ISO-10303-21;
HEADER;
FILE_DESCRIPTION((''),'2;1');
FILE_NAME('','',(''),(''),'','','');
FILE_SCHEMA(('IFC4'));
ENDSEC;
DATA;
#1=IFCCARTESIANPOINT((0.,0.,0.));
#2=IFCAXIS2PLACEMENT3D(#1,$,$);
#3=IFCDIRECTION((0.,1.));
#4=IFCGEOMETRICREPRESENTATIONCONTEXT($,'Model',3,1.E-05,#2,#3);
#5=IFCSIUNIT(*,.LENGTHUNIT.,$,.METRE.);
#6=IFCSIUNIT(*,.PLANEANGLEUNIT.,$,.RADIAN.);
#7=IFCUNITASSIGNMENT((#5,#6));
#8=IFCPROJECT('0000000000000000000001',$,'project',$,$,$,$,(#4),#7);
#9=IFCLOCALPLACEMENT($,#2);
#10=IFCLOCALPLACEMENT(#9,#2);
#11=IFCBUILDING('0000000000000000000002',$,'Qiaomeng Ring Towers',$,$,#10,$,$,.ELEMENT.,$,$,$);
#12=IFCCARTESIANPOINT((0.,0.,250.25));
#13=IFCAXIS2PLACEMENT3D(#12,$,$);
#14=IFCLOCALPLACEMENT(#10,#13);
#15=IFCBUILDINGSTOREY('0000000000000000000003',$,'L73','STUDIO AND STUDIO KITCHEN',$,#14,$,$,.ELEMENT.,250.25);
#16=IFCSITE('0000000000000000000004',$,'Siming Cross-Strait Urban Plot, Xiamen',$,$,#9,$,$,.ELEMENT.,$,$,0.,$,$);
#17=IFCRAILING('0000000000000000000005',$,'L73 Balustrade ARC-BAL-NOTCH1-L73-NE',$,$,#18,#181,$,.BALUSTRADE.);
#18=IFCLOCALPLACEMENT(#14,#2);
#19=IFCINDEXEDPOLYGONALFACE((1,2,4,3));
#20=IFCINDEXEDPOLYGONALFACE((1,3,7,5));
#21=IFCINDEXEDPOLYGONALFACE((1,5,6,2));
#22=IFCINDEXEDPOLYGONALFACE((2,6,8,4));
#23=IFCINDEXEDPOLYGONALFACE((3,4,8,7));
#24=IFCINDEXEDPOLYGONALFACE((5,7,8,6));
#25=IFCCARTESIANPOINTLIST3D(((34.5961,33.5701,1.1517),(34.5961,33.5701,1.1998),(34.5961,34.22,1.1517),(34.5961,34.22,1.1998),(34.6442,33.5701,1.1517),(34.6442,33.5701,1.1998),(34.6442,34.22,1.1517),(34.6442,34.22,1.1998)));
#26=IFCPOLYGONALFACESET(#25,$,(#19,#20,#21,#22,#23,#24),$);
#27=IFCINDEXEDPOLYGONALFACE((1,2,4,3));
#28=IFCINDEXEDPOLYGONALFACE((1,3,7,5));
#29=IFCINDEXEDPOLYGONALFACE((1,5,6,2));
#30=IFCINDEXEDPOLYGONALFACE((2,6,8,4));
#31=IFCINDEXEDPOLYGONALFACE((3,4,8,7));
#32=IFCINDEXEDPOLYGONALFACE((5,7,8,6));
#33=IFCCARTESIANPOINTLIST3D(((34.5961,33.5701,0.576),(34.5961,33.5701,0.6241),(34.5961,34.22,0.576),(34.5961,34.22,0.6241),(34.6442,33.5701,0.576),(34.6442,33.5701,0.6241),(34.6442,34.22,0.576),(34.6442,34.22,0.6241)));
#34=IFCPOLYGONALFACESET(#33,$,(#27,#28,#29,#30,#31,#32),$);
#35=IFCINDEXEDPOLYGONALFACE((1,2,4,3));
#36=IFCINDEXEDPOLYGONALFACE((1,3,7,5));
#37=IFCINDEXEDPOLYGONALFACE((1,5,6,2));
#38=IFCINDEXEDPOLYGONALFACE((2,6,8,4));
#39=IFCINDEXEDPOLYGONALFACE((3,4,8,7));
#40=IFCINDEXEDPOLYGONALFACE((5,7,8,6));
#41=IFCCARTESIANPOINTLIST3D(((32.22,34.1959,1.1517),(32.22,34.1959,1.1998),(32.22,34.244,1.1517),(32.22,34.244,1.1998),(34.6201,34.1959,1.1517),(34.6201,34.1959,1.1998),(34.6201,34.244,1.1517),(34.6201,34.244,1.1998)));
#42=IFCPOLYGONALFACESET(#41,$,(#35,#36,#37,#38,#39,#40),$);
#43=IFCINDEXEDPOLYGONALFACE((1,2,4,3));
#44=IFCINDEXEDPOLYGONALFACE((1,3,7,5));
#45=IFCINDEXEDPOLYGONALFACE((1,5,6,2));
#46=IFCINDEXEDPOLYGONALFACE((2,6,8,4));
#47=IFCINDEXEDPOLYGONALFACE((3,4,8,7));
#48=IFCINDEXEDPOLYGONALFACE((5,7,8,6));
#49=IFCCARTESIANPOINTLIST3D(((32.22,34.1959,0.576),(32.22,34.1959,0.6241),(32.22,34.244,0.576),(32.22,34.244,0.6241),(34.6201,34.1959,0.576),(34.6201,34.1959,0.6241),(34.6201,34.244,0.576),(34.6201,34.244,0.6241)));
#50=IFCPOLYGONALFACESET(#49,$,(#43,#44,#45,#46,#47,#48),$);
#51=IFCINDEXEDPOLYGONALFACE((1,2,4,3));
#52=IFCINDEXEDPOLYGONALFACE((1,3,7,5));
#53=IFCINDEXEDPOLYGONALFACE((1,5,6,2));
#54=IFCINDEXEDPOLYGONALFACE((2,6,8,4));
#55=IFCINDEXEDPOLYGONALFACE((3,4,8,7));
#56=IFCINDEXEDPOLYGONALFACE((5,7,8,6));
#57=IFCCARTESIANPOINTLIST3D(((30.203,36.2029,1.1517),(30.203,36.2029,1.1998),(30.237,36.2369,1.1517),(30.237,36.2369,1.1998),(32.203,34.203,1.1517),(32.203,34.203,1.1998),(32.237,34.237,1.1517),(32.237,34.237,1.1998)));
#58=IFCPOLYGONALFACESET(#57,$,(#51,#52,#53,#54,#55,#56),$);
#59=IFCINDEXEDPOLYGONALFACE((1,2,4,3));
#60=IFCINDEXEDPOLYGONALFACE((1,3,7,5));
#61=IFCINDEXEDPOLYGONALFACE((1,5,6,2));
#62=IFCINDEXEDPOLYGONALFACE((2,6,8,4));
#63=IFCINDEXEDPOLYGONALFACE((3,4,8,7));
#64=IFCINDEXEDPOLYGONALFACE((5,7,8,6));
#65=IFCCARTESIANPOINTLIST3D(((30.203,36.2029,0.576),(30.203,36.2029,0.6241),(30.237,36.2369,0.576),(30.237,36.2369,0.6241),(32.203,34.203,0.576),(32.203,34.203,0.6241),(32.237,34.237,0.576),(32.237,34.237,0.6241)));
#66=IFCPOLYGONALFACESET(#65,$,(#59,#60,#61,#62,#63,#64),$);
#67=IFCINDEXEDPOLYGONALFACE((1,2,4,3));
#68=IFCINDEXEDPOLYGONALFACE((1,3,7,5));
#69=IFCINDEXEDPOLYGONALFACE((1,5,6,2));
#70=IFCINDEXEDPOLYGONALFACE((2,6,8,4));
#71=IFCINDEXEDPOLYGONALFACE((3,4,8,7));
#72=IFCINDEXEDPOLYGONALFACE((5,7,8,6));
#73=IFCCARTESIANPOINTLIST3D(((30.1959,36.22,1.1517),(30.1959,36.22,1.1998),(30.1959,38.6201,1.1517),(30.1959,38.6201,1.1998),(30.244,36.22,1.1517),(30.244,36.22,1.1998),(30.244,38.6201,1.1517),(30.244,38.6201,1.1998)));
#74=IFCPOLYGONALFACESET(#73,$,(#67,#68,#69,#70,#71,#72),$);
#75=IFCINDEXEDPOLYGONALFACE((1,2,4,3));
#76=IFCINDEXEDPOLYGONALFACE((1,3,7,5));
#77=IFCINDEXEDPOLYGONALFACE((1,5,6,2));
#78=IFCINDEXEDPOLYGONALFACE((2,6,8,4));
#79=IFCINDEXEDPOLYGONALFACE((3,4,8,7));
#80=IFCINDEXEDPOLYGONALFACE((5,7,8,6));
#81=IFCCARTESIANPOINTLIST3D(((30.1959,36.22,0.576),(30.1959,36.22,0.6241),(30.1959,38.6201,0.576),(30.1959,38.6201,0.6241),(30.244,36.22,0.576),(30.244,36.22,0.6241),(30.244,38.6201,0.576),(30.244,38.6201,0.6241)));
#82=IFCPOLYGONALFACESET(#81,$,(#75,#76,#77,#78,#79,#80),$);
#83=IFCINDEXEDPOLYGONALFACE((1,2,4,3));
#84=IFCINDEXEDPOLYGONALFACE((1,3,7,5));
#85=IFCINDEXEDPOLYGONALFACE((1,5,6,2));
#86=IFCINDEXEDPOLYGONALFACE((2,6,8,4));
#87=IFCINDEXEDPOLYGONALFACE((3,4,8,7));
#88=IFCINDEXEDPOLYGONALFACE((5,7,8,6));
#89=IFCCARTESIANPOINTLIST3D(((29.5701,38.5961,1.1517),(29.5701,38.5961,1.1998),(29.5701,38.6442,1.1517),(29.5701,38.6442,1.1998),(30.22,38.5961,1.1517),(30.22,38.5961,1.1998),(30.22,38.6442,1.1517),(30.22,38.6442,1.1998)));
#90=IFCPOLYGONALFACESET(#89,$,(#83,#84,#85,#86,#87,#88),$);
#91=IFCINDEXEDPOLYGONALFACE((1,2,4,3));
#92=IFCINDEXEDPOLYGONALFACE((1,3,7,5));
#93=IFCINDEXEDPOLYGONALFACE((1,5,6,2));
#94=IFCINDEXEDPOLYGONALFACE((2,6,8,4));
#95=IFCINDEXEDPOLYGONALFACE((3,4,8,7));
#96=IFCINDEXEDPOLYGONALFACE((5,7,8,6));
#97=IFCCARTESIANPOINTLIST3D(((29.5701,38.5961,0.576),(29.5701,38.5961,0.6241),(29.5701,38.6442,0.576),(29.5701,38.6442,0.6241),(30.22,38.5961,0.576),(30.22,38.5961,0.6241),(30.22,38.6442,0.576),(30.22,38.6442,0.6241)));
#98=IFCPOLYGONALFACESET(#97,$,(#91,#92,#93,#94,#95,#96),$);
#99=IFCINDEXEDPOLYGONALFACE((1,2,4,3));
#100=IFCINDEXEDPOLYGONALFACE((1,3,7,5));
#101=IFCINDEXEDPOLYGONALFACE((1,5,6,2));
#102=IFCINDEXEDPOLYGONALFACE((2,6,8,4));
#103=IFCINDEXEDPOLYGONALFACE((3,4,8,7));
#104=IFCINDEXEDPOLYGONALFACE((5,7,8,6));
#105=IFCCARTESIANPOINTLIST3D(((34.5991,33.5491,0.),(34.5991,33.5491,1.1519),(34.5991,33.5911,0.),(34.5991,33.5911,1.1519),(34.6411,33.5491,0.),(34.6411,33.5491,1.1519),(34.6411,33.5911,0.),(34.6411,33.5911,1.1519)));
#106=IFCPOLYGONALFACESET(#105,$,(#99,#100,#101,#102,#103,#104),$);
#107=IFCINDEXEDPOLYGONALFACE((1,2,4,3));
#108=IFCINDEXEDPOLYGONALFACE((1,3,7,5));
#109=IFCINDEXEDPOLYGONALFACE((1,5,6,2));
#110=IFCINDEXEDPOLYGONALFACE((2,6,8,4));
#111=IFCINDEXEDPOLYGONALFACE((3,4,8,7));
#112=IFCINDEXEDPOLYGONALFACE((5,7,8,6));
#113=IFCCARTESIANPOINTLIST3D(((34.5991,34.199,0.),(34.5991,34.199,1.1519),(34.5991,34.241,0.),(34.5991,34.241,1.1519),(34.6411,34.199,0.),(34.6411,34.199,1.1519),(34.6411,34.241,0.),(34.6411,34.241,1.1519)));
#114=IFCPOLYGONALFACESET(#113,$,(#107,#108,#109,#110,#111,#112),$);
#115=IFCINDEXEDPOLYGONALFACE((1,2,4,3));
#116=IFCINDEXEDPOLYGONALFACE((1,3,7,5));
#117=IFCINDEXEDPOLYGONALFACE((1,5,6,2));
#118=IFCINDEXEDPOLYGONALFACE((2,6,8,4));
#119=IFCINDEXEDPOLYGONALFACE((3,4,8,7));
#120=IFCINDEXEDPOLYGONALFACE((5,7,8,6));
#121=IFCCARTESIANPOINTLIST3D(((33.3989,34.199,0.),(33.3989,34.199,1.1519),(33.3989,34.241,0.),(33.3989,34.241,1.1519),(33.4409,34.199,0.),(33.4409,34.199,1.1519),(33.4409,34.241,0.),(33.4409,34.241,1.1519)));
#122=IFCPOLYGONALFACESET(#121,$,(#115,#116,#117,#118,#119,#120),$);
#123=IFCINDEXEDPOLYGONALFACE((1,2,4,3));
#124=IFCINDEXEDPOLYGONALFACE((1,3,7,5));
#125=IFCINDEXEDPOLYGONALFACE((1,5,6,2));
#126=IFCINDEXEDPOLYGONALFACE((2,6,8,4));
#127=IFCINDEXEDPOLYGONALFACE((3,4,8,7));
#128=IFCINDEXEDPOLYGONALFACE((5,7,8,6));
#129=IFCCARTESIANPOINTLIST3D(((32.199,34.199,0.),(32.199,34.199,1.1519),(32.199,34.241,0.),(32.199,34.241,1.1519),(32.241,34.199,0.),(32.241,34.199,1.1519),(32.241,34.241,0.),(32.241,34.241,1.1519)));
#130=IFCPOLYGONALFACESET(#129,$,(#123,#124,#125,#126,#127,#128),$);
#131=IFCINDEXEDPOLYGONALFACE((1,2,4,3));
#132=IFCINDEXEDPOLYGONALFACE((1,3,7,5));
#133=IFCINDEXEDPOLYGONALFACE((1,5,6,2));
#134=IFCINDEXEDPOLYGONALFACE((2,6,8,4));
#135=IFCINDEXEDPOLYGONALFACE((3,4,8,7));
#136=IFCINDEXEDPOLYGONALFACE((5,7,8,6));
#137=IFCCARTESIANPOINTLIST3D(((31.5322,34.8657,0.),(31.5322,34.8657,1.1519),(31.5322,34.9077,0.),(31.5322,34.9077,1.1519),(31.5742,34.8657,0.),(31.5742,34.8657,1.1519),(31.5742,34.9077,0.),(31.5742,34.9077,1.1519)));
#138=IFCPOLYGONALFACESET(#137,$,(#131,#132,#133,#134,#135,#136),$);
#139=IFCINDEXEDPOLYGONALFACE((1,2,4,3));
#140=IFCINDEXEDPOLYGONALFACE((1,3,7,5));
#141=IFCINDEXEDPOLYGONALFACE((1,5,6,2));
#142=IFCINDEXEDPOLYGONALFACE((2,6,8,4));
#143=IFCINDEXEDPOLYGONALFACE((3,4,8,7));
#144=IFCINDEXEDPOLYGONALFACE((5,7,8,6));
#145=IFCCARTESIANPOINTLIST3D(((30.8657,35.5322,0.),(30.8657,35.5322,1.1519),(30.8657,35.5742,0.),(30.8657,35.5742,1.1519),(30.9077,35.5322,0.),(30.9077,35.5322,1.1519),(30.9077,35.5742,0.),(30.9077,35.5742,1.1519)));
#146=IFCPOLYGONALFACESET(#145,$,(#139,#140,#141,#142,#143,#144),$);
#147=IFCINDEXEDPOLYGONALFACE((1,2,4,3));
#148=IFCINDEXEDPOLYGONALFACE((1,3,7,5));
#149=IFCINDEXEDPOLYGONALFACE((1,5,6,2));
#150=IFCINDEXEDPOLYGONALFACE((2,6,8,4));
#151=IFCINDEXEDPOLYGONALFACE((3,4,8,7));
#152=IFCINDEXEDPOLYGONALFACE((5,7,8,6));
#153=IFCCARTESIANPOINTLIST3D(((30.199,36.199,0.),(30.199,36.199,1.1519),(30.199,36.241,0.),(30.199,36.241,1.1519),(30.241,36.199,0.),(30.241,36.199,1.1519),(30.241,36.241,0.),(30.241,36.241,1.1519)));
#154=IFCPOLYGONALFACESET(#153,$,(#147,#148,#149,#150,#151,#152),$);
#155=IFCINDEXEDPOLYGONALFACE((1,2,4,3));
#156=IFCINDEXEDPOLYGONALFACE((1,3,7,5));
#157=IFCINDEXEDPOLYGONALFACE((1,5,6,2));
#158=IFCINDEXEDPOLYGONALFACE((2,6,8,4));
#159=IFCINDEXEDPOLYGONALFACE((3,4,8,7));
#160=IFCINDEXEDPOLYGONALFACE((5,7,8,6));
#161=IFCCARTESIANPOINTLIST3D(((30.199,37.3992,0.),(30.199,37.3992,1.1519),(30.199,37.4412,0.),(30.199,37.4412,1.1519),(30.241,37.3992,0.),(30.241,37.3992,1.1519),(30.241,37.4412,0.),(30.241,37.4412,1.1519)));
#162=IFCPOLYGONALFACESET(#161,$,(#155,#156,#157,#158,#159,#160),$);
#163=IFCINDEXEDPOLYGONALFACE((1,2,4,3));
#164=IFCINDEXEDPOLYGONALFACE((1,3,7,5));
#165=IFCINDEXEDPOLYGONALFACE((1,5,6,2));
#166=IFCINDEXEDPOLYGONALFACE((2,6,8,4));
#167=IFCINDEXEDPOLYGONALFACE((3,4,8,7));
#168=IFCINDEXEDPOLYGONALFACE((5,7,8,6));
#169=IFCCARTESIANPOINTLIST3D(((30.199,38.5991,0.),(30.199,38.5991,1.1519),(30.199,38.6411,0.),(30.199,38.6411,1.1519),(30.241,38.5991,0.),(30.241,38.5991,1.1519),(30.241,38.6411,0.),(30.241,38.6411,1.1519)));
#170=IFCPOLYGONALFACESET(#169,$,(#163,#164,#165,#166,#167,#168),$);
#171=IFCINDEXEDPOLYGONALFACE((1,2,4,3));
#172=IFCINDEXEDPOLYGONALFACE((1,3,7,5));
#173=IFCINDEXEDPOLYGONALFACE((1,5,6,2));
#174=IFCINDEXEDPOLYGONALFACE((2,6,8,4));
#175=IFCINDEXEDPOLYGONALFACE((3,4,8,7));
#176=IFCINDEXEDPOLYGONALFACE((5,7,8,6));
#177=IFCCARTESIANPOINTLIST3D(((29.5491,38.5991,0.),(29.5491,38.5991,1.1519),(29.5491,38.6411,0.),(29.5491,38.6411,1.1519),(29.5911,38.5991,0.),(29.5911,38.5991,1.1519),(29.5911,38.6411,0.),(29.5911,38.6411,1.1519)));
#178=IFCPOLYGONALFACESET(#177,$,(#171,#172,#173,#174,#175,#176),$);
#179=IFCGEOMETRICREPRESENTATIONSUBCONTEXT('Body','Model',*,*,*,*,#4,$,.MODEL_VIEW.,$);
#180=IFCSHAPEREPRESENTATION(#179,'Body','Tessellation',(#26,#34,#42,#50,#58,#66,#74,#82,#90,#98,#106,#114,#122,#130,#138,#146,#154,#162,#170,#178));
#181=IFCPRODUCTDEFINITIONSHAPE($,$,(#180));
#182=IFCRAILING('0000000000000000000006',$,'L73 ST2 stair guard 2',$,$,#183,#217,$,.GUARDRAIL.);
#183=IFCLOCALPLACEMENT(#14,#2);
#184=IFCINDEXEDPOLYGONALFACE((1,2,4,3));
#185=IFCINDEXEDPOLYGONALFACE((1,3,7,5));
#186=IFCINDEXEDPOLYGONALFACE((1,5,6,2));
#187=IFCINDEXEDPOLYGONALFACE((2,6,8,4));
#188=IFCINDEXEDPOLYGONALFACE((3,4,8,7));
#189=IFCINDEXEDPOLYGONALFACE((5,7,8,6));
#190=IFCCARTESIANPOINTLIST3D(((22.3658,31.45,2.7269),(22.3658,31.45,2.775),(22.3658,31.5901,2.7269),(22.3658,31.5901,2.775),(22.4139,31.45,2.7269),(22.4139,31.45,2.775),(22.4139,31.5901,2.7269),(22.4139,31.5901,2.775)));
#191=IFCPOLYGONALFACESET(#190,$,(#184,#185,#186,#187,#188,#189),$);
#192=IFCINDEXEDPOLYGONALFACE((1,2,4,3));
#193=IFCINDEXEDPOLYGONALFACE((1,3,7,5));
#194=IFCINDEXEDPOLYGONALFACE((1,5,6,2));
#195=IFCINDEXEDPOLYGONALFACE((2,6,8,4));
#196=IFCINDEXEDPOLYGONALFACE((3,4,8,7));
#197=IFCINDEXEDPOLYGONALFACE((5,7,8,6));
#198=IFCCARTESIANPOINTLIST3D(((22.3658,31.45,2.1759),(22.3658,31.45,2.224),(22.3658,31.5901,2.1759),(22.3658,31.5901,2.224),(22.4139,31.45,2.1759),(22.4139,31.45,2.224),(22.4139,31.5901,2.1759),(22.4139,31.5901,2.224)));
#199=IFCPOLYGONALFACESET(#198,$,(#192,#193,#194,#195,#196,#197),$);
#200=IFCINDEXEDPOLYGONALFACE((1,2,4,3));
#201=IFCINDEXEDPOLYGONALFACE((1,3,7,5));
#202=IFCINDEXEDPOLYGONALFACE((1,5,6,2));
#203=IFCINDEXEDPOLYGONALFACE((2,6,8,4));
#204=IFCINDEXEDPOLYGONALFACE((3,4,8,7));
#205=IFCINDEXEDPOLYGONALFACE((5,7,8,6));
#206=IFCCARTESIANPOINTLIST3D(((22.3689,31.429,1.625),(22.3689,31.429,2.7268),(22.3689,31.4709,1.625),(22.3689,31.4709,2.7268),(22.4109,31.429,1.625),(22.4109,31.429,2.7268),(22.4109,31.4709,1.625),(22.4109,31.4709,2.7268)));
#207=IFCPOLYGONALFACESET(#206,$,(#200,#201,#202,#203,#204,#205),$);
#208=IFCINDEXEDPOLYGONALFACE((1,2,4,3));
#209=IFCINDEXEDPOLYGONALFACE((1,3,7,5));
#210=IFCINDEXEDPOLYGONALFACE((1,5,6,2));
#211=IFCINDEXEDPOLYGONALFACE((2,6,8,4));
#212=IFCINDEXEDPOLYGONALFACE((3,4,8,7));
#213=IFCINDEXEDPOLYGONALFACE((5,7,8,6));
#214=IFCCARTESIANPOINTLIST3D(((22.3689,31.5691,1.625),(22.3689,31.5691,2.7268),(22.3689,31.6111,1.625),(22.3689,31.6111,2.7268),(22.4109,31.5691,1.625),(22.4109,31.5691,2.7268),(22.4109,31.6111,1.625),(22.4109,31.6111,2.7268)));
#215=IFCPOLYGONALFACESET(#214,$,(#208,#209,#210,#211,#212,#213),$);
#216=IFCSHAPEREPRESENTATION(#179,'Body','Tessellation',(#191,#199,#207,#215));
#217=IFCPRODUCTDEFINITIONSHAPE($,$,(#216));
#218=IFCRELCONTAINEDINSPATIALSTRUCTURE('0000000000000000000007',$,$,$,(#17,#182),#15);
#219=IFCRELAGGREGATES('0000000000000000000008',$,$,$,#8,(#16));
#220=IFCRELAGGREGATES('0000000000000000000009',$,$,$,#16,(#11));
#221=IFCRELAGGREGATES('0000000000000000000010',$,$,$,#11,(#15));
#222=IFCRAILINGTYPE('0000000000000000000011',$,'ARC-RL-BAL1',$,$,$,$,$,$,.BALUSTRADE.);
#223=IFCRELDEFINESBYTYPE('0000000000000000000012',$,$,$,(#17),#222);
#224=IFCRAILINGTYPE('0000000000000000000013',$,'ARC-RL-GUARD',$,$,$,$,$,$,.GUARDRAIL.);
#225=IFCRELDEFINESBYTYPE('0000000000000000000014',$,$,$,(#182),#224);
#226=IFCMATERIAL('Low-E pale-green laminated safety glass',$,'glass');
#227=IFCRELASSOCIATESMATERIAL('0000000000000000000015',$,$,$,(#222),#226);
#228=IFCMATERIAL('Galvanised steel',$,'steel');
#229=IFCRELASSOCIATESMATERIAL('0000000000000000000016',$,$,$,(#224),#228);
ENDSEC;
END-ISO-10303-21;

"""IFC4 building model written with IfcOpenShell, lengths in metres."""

from ifc_helpers import new_model, si_unit, direction, frame, origin, origin_2d, place, context, subcontext, project, spatial, rectangle, extrude, material, type_object, element, save


model = new_model("IFC4")

# Units and contexts
model_context = context("Model", 3, precision=1e-05, world=origin(), true_north=direction((0.0, 1.0)))
body_context = subcontext(model_context, "Body", "Model", "MODEL_VIEW")
ifc_project = project(units=[si_unit("LENGTHUNIT", "METRE"), si_unit("PLANEANGLEUNIT", "RADIAN")], contexts=[model_context])

# Site, building, storey
site_placement = place(None, origin())
site = spatial("IfcSite", under=ifc_project, at=site_placement, Name="Siming Cross-Strait Urban Plot, Xiamen", CompositionType="ELEMENT", RefElevation=0.0)
building_placement = place(site_placement, origin())
building = spatial("IfcBuilding", under=site, at=building_placement, Name="Qiaomeng Ring Towers", CompositionType="ELEMENT")
storey_placement = place(building_placement, frame((0.0, 0.0, 250.25)))
storey = spatial("IfcBuildingStorey", under=building, at=storey_placement, Name="L73", Description="STUDIO AND STUDIO KITCHEN", CompositionType="ELEMENT", Elevation=250.25)

# Shared definitions
ifc_material_1 = material(Name="Galvanised steel", Category="steel")

# Railings
ifc_material_2 = material(Name="Low-E pale-green laminated safety glass", Category="glass")
railing_type_1 = type_object("IfcRailingType", Name="ARC-RL-BAL1", PredefinedType="BALUSTRADE", material=ifc_material_2)
railing_1_placement = place(storey_placement, frame((34.6201, 33.5701, 0.0)))
element("IfcRailing", 1, at=railing_1_placement, inside=storey, type_object=railing_type_1, Name="L73 Balustrade ARC-BAL-NOTCH1-L73-NE", PredefinedType="BALUSTRADE", context=body_context, shape_type="SweptSolid", body=[
    extrude(rectangle(XDim=0.0481, YDim=0.0481, at=origin_2d()), frame((0.0, 0.0, 1.1758), z_axis=(0.0, 1.0, 0.0), x_axis=(-1.0, 0.0, 0.0)), (0.0, 0.0, 1.0), 0.6499),
    extrude(rectangle(XDim=0.0481, YDim=0.0481, at=origin_2d()), frame((0.0, 0.0, 0.6001), z_axis=(0.0, 1.0, 0.0), x_axis=(-1.0, 0.0, 0.0)), (0.0, 0.0, 1.0), 0.6499),
    extrude(rectangle(XDim=0.0481, YDim=0.0481, at=origin_2d()), frame((0.0, 0.6499, 1.1758), z_axis=(-1.0, 0.0, 0.0), x_axis=(0.0, -1.0, 0.0)), (0.0, 0.0, 1.0), 2.4001),
    extrude(rectangle(XDim=0.0481, YDim=0.0481, at=origin_2d()), frame((0.0, 0.6499, 0.6001), z_axis=(-1.0, 0.0, 0.0), x_axis=(0.0, -1.0, 0.0)), (0.0, 0.0, 1.0), 2.4001),
    extrude(rectangle(XDim=0.0481, YDim=0.0481, at=origin_2d()), frame((-2.4001, 0.6499, 1.1758), z_axis=(-0.707107, 0.707107, 0.0), x_axis=(-0.707107, -0.707107, 0.0)), (0.0, 0.0, 1.0), 2.8284),
    extrude(rectangle(XDim=0.0481, YDim=0.0481, at=origin_2d()), frame((-2.4001, 0.6499, 0.6001), z_axis=(-0.707107, 0.707107, 0.0), x_axis=(-0.707107, -0.707107, 0.0)), (0.0, 0.0, 1.0), 2.8284),
    extrude(rectangle(XDim=0.0481, YDim=0.0481, at=origin_2d()), frame((-4.4001, 2.6499, 1.1758), z_axis=(0.0, 1.0, 0.0), x_axis=(-1.0, 0.0, 0.0)), (0.0, 0.0, 1.0), 2.4001),
    extrude(rectangle(XDim=0.0481, YDim=0.0481, at=origin_2d()), frame((-4.4001, 2.6499, 0.6001), z_axis=(0.0, 1.0, 0.0), x_axis=(-1.0, 0.0, 0.0)), (0.0, 0.0, 1.0), 2.4001),
    extrude(rectangle(XDim=0.0481, YDim=0.0481, at=origin_2d()), frame((-4.4001, 5.05, 1.1758), z_axis=(-1.0, 0.0, 0.0), x_axis=(0.0, -1.0, 0.0)), (0.0, 0.0, 1.0), 0.6499),
    extrude(rectangle(XDim=0.0481, YDim=0.0481, at=origin_2d()), frame((-4.4001, 5.05, 0.6001), z_axis=(-1.0, 0.0, 0.0), x_axis=(0.0, -1.0, 0.0)), (0.0, 0.0, 1.0), 0.6499),
    extrude(rectangle(XDim=0.042, YDim=0.042, at=origin_2d()), origin(), (0.0, 0.0, 1.0), 1.1519),
    extrude(rectangle(XDim=0.042, YDim=0.042, at=origin_2d()), frame((0.0, 0.6499, 0.0)), (0.0, 0.0, 1.0), 1.1519),
    extrude(rectangle(XDim=0.042, YDim=0.042, at=origin_2d()), frame((-1.2002, 0.6499, 0.0)), (0.0, 0.0, 1.0), 1.1519),
    extrude(rectangle(XDim=0.042, YDim=0.042, at=origin_2d()), frame((-2.4001, 0.6499, 0.0)), (0.0, 0.0, 1.0), 1.1519),
    extrude(rectangle(XDim=0.042, YDim=0.042, at=origin_2d()), frame((-3.0669, 1.3167, 0.0)), (0.0, 0.0, 1.0), 1.1519),
    extrude(rectangle(XDim=0.042, YDim=0.042, at=origin_2d()), frame((-3.7334, 1.9832, 0.0)), (0.0, 0.0, 1.0), 1.1519),
    extrude(rectangle(XDim=0.042, YDim=0.042, at=origin_2d()), frame((-4.4001, 2.6499, 0.0)), (0.0, 0.0, 1.0), 1.1519),
    extrude(rectangle(XDim=0.042, YDim=0.042, at=origin_2d()), frame((-4.4001, 3.8501, 0.0)), (0.0, 0.0, 1.0), 1.1519),
    extrude(rectangle(XDim=0.042, YDim=0.042, at=origin_2d()), frame((-4.4001, 5.05, 0.0)), (0.0, 0.0, 1.0), 1.1519),
    extrude(rectangle(XDim=0.042, YDim=0.042, at=origin_2d()), frame((-5.05, 5.05, 0.0)), (0.0, 0.0, 1.0), 1.1519),
])
railing_type_2 = type_object("IfcRailingType", Name="ARC-RL-GUARD", PredefinedType="GUARDRAIL", material=ifc_material_1)
railing_2_placement = place(storey_placement, frame((22.3899, 31.45, 1.625)))
element("IfcRailing", 2, at=railing_2_placement, inside=storey, type_object=railing_type_2, Name="L73 ST2 stair guard 2", PredefinedType="GUARDRAIL", context=body_context, shape_type="SweptSolid", body=[
    extrude(rectangle(XDim=0.0481, YDim=0.0481, at=origin_2d()), frame((0.0, 0.0, 1.126), z_axis=(0.0, 1.0, 0.0), x_axis=(-1.0, 0.0, 0.0)), (0.0, 0.0, 1.0), 0.1401),
    extrude(rectangle(XDim=0.0481, YDim=0.0481, at=origin_2d()), frame((0.0, 0.0, 0.575), z_axis=(0.0, 1.0, 0.0), x_axis=(-1.0, 0.0, 0.0)), (0.0, 0.0, 1.0), 0.1401),
    extrude(rectangle(XDim=0.042, YDim=0.042, at=origin_2d()), origin(), (0.0, 0.0, 1.0), 1.1018),
    extrude(rectangle(XDim=0.042, YDim=0.042, at=origin_2d()), frame((0.0, 0.1401, 0.0)), (0.0, 0.0, 1.0), 1.1018),
])

save(model, "model.ifc")
